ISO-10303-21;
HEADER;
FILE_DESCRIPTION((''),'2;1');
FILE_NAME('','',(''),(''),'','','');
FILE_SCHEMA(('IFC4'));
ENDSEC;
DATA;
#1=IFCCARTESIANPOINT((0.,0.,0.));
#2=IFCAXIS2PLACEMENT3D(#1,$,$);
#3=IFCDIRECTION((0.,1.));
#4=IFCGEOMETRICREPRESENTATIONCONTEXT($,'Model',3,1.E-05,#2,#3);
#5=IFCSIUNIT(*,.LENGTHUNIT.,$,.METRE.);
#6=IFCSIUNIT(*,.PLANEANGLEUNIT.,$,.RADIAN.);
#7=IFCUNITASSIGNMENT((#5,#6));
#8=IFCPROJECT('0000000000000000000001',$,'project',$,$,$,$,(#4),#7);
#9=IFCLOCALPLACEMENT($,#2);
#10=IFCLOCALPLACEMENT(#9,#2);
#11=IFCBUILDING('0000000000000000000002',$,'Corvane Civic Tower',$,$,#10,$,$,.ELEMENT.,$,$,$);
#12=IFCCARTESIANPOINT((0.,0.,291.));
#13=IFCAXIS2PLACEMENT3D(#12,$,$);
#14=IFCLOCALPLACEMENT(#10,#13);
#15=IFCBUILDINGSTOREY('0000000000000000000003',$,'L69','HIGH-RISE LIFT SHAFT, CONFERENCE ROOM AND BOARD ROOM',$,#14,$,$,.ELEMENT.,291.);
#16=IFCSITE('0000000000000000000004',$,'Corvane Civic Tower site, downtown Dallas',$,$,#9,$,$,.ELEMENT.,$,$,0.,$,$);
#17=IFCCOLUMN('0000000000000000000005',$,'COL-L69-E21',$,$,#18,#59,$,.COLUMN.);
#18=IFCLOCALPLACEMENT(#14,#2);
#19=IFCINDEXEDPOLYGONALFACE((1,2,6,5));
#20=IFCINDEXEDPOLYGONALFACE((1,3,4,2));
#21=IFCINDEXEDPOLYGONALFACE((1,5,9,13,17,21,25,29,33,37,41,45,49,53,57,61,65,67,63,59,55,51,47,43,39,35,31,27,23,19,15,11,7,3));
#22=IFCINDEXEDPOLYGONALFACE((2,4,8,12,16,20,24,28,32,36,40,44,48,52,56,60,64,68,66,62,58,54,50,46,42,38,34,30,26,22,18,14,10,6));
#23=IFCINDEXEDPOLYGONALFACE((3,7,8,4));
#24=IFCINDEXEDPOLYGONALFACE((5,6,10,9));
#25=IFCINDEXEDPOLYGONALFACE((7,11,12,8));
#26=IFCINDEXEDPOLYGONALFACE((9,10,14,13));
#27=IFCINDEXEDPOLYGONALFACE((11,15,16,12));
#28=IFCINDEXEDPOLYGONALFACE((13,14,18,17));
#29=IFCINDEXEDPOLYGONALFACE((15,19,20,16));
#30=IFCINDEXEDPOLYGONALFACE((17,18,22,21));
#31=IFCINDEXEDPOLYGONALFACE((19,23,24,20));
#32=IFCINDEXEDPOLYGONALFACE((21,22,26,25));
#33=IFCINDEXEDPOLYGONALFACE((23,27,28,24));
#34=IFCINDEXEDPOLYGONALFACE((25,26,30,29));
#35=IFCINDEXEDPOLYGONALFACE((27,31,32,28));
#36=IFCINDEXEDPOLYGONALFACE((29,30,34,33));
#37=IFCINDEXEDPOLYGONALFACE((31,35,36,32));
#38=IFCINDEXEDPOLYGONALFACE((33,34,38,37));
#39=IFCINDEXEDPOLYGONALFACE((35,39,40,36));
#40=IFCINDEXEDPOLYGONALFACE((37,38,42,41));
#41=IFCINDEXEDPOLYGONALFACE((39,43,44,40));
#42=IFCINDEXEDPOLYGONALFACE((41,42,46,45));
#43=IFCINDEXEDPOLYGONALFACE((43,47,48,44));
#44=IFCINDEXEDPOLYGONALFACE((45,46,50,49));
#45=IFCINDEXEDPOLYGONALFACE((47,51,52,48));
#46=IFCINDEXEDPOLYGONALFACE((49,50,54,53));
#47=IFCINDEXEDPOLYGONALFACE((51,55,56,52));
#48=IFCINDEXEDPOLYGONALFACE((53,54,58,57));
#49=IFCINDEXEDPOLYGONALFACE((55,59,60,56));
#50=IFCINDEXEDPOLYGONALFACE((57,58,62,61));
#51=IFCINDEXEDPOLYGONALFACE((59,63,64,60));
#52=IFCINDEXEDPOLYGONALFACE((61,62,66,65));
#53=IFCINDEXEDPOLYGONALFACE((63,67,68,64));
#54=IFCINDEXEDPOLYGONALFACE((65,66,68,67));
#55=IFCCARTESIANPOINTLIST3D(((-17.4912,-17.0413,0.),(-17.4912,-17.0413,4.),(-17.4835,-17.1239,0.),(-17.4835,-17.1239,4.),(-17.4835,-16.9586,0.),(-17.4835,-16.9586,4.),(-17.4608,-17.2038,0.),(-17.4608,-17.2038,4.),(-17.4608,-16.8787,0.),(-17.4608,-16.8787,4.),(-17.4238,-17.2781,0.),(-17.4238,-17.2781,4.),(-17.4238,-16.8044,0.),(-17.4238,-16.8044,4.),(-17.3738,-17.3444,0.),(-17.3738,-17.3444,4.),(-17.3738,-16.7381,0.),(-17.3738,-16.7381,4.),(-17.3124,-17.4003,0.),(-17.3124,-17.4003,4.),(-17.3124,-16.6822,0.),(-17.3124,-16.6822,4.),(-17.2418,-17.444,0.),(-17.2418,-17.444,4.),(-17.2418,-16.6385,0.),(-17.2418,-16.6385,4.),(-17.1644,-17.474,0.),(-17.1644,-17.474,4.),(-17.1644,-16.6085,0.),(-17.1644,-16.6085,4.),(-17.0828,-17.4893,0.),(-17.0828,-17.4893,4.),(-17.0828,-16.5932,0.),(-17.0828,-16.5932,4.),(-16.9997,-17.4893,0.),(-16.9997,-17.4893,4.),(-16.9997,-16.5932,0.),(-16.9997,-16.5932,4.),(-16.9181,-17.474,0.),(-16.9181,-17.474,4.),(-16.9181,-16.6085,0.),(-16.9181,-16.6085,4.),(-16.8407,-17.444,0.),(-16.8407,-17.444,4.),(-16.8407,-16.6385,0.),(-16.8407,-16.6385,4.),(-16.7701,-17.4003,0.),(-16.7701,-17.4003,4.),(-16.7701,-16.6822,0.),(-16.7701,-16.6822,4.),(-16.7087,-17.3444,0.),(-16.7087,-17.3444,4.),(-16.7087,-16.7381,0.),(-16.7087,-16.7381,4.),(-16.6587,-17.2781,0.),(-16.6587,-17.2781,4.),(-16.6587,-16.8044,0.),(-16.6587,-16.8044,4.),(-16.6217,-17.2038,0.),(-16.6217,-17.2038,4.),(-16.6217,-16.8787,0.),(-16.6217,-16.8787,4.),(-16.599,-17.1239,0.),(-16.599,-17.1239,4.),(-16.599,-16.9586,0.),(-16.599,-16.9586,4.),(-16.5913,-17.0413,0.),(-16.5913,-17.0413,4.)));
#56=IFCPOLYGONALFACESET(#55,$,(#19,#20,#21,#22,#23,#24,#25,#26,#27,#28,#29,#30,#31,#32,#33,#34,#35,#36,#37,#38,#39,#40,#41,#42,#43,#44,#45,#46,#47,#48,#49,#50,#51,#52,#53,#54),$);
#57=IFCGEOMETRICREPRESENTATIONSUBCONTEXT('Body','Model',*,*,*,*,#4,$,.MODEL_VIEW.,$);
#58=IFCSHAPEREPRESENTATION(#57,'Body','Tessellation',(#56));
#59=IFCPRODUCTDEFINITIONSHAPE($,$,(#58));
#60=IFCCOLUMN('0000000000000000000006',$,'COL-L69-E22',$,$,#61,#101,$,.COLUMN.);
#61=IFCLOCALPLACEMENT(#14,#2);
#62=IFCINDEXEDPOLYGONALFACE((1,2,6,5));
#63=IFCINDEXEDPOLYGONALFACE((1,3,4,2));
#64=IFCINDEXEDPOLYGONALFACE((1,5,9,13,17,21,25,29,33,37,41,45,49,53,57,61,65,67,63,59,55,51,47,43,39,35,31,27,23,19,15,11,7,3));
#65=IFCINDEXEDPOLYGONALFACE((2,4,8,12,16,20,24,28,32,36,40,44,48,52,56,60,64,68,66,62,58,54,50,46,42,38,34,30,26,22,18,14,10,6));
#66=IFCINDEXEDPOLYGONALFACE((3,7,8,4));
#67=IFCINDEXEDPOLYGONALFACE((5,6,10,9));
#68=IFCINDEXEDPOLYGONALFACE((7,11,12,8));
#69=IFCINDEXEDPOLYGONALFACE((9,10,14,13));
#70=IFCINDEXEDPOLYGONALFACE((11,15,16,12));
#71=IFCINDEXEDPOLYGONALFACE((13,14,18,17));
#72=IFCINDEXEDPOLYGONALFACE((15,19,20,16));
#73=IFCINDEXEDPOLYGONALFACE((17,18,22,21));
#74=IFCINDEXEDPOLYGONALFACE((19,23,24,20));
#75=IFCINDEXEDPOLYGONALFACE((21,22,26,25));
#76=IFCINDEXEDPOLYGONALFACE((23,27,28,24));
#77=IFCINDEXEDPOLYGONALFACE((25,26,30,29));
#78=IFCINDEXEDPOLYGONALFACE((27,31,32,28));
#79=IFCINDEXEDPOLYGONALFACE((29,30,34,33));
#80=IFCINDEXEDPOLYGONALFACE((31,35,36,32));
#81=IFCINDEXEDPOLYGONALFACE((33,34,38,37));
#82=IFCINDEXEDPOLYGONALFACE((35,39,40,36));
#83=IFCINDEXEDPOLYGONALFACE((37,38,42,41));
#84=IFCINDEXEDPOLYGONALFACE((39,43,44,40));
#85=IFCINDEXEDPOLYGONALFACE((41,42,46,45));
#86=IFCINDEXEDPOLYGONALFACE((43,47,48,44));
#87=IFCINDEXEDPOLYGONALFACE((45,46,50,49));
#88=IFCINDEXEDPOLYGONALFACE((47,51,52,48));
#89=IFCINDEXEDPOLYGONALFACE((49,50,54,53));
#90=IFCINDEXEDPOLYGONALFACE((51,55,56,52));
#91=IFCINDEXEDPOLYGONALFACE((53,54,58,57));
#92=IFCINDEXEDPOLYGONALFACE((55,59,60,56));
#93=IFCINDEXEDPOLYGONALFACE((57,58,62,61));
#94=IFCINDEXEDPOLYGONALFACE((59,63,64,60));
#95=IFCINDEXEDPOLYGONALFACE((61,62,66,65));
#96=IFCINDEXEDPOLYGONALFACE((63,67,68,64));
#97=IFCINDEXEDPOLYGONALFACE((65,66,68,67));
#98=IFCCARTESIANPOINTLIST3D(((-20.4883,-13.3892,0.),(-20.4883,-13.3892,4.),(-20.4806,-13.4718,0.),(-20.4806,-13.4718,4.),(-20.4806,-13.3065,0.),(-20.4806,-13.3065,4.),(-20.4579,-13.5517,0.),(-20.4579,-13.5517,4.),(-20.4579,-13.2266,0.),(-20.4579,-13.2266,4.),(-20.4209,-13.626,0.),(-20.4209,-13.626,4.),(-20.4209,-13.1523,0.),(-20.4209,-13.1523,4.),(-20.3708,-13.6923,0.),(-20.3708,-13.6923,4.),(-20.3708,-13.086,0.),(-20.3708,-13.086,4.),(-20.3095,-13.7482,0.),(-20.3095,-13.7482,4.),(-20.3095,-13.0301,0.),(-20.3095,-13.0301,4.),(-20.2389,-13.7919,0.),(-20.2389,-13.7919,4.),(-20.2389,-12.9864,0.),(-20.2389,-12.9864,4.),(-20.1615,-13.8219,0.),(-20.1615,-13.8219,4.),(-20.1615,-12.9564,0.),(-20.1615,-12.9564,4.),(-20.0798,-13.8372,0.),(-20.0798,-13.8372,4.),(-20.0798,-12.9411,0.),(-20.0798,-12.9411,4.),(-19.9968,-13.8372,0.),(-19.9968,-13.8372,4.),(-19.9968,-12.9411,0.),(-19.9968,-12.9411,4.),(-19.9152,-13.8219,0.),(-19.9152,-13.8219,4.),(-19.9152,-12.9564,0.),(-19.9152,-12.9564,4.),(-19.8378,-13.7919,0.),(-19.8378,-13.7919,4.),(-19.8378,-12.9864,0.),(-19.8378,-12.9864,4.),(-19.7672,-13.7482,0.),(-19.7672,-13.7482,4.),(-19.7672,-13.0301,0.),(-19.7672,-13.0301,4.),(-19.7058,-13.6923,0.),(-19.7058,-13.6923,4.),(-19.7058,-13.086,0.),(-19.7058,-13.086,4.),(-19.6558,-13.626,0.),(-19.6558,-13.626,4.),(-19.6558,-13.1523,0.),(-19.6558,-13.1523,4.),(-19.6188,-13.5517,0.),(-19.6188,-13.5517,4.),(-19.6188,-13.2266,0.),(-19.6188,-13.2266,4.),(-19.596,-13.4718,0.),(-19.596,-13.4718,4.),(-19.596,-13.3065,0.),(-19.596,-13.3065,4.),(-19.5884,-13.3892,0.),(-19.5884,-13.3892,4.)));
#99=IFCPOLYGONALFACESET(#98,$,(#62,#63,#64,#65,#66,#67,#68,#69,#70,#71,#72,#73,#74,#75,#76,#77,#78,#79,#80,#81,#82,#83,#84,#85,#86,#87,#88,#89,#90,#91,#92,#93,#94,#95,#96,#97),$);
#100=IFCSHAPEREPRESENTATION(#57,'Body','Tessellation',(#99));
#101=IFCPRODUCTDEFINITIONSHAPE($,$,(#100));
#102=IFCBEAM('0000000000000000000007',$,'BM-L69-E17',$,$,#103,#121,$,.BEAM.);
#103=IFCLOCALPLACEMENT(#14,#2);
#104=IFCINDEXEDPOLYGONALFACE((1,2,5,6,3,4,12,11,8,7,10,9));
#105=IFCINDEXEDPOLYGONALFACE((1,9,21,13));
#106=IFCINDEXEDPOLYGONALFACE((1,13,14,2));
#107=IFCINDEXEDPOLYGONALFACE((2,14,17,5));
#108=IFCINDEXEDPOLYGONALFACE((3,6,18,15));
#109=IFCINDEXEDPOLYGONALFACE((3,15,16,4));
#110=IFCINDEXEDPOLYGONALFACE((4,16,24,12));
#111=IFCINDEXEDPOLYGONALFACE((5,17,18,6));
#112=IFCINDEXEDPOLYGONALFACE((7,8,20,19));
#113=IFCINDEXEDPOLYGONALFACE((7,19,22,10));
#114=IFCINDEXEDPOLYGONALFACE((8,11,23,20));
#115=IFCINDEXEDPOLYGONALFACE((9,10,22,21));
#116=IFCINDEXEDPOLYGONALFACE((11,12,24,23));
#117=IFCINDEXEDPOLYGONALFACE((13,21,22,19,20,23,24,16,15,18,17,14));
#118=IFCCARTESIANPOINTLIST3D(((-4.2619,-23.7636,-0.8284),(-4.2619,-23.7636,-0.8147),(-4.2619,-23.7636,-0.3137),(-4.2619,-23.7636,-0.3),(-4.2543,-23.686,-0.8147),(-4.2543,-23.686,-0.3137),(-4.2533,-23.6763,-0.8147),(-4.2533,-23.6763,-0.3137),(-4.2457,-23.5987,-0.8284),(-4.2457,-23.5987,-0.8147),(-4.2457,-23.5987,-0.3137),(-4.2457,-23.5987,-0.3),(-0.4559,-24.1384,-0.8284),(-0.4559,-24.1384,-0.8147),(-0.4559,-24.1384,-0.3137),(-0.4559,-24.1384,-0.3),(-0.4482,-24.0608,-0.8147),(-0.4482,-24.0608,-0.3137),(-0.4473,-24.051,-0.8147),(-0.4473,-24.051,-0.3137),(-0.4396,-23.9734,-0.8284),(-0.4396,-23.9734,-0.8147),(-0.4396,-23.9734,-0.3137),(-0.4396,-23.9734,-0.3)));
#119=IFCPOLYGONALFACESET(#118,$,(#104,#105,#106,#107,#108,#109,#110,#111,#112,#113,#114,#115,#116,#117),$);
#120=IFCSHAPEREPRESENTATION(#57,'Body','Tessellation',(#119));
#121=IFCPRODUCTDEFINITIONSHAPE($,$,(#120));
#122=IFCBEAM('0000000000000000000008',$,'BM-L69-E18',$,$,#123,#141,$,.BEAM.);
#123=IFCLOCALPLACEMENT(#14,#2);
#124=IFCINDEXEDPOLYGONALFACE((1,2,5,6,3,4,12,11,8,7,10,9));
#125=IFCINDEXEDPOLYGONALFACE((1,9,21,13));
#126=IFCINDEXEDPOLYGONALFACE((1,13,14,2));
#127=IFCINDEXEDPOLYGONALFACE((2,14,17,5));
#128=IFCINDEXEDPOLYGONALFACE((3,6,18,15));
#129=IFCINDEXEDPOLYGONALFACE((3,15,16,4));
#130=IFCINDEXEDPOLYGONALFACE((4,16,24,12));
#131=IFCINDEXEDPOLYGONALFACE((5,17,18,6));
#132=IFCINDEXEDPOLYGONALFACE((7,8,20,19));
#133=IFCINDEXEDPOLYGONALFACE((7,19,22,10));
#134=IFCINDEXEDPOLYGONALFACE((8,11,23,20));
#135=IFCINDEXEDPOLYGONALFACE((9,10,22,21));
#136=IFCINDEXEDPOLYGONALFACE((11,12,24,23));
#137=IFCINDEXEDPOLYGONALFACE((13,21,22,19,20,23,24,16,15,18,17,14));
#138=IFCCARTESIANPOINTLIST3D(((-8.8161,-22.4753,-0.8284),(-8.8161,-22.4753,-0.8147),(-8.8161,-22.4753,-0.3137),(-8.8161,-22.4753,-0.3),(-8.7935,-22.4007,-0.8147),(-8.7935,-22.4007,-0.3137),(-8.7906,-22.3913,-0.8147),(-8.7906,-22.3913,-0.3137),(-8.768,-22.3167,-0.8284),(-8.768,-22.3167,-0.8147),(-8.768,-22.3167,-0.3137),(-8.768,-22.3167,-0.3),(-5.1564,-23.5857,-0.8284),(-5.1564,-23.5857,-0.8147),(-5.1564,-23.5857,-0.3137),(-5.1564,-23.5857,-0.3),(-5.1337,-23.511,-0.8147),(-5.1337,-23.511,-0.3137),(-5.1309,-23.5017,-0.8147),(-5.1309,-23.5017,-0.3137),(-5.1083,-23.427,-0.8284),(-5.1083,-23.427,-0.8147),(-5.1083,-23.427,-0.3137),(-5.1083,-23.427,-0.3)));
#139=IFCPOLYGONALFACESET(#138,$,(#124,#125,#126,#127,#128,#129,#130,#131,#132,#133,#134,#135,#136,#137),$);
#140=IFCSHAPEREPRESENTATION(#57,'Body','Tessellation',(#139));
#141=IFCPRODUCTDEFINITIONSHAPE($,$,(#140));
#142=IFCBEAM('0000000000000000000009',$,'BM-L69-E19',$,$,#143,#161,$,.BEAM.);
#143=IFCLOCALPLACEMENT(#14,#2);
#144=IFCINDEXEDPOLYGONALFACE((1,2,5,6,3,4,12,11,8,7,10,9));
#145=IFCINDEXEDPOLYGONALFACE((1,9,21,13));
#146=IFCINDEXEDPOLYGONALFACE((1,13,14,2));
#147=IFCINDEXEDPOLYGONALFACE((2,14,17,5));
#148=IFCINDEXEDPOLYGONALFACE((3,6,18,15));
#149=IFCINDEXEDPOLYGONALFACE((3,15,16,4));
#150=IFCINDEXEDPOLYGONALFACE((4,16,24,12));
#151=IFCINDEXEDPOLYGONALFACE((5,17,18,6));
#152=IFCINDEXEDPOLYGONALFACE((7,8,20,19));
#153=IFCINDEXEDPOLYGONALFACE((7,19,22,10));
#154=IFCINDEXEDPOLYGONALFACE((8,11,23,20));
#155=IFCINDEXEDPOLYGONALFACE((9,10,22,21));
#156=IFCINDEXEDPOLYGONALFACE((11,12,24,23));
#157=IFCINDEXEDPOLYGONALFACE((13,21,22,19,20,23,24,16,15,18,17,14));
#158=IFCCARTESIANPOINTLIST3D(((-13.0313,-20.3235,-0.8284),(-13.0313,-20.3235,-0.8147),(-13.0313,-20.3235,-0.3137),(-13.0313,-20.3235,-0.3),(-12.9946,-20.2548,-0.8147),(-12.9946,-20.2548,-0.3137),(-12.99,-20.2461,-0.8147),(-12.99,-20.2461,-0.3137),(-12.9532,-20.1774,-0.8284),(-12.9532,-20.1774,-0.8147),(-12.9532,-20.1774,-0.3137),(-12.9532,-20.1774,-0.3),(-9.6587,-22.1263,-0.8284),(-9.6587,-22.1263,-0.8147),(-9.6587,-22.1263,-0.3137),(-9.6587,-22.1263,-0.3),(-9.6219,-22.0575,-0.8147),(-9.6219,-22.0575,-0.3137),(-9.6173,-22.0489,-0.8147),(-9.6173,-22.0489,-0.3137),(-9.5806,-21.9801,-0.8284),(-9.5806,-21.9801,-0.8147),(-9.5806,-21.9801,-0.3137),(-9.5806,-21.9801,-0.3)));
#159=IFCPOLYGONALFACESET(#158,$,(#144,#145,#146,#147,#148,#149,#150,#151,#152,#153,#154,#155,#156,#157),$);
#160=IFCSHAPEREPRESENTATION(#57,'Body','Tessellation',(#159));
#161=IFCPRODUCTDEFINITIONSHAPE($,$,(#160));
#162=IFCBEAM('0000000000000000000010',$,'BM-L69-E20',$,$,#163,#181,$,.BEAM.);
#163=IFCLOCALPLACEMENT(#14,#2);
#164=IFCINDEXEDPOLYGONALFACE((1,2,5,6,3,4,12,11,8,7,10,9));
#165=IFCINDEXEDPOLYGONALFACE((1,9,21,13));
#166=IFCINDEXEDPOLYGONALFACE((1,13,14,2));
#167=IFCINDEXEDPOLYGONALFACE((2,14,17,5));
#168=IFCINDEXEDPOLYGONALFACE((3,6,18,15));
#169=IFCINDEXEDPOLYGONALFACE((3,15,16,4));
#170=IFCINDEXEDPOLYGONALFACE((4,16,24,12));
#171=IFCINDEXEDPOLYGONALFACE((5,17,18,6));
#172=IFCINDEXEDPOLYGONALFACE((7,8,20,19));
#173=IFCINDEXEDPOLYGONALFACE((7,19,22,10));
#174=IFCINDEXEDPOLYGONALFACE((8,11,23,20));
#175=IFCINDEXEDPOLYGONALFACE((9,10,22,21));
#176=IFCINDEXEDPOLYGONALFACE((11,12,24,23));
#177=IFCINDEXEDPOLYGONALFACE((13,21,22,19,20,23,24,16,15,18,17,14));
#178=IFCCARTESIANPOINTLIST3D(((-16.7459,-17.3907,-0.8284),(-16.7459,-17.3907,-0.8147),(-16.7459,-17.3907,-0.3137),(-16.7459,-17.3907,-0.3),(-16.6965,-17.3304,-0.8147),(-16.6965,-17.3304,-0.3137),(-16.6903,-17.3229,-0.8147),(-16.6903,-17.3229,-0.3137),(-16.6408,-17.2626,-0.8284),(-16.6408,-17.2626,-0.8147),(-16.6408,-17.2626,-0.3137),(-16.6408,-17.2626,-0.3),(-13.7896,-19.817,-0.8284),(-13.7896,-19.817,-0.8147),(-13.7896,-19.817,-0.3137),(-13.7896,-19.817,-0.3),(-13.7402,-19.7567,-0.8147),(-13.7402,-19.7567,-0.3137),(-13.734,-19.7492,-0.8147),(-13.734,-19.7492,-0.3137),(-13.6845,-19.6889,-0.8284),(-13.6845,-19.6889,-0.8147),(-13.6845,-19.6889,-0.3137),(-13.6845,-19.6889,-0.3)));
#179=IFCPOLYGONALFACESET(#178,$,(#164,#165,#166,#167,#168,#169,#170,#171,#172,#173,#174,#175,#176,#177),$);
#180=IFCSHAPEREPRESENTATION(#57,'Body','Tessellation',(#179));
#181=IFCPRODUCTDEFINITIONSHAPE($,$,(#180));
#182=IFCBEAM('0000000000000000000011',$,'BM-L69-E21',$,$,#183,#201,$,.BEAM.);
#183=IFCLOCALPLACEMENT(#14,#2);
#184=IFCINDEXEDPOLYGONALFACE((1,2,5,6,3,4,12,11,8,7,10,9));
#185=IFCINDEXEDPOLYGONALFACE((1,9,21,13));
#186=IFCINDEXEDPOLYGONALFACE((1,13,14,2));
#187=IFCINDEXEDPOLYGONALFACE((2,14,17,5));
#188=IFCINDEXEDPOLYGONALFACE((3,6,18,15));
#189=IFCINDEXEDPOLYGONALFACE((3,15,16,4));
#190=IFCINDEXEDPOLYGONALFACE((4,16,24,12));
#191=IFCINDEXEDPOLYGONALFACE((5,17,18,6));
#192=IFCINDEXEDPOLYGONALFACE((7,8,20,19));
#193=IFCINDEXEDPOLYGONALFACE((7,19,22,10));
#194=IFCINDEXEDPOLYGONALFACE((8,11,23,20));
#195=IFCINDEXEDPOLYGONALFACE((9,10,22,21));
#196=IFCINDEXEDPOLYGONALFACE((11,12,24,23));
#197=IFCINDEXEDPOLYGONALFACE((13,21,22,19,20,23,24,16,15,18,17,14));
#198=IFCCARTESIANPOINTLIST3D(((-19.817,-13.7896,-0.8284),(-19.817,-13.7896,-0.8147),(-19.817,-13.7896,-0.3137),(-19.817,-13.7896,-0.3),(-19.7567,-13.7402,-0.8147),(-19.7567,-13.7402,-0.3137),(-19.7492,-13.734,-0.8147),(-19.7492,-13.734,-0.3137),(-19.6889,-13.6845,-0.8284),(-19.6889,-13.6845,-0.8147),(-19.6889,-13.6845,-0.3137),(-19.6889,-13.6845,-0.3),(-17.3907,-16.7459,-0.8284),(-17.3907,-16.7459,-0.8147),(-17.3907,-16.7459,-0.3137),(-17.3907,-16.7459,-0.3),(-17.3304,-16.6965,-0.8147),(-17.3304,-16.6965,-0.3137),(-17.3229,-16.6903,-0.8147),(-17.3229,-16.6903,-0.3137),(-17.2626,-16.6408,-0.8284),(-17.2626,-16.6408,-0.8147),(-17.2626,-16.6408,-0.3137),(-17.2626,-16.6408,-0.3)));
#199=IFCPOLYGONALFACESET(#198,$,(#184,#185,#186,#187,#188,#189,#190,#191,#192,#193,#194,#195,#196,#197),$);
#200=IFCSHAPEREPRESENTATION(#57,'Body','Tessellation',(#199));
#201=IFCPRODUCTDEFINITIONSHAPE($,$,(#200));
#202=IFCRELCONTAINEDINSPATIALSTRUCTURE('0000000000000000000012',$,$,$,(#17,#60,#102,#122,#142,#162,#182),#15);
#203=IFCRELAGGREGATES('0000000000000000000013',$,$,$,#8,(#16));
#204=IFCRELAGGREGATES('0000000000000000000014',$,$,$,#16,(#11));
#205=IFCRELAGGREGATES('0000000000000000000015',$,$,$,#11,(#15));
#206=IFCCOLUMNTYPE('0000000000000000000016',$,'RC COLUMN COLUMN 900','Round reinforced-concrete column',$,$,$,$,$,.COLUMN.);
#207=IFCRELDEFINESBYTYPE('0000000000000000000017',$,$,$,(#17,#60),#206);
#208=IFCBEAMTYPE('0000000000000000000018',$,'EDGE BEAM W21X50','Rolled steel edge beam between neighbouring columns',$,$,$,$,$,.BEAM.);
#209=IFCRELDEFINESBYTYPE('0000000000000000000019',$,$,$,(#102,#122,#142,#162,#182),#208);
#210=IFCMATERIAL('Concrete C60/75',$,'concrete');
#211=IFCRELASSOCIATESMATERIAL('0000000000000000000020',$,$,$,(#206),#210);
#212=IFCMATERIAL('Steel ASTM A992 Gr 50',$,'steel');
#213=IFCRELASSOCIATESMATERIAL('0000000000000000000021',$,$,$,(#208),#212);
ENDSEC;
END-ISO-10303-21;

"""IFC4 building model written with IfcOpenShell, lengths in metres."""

from ifc_helpers import new_model, si_unit, direction, frame, origin, origin_2d, place, context, subcontext, project, spatial, circle, i_section, extrude, material, material_profile, profile_set, type_object, element, save


model = new_model("IFC4")

# Units and contexts
model_context = context("Model", 3, precision=1e-05, world=origin(), true_north=direction((0.0, 1.0)))
body_context = subcontext(model_context, "Body", "Model", "MODEL_VIEW")
ifc_project = project(units=[si_unit("LENGTHUNIT", "METRE"), si_unit("PLANEANGLEUNIT", "RADIAN")], contexts=[model_context])

# Site, building, storey
site_placement = place(None, origin())
site = spatial("IfcSite", under=ifc_project, at=site_placement, Name="Corvane Civic Tower site, downtown Dallas", CompositionType="ELEMENT", RefElevation=0.0)
building_placement = place(site_placement, origin())
building = spatial("IfcBuilding", under=site, at=building_placement, Name="Corvane Civic Tower", CompositionType="ELEMENT")
storey_placement = place(building_placement, frame((0.0, 0.0, 291.0)))
storey = spatial("IfcBuildingStorey", under=building, at=storey_placement, Name="L69", Description="HIGH-RISE LIFT SHAFT, CONFERENCE ROOM AND BOARD ROOM", CompositionType="ELEMENT", Elevation=291.0)

# Columns
ifc_material_1 = material(Name="Concrete C60/75", Category="concrete")
ifc_material_profile_1 = material_profile(ifc_material_1, circle(Radius=0.45, at=origin_2d()), Name="COLUMN 900")
ifc_profile_set_1 = profile_set([ifc_material_profile_1], Name="Concrete C60/75")
column_type = type_object("IfcColumnType", Name="RC COLUMN COLUMN 900", Description="Round reinforced-concrete column", PredefinedType="COLUMN", material=ifc_profile_set_1)
for number, where, z_axis, x_axis, name in (
    (1, (-17.0413, -17.0413, 0.0), (0.0, 0.0, 1.0), (1.0, 0.0, 0.0), "COL-L69-E21"),
    (2, (-20.0383, -13.3892, 0.0), (0.0, 0.0, 1.0), (1.0, 0.0, 0.0), "COL-L69-E22"),
):
    element("IfcColumn", number, at=place(storey_placement, frame(where, z_axis=z_axis, x_axis=x_axis)), inside=storey, type_object=column_type, Name=name, PredefinedType="COLUMN", context=body_context, shape_type="SweptSolid", body=[
        extrude(circle(Radius=0.45, at=origin_2d()), origin(), (0.0, 0.0, 1.0), 4.0),
    ])

# Beams
ifc_material_2 = material(Name="Steel ASTM A992 Gr 50", Category="steel")
ifc_material_profile_2 = material_profile(ifc_material_2, i_section(OverallWidth=0.1658, OverallDepth=0.5283, WebThickness=0.0098, FlangeThickness=0.0137, at=origin_2d()), Name="W21X50")
ifc_profile_set_2 = profile_set([ifc_material_profile_2], Name="Steel ASTM A992 Gr 50")
beam_type_1 = type_object("IfcBeamType", Name="EDGE BEAM W21X50", Description="Rolled steel edge beam between neighbouring columns", PredefinedType="BEAM", material=ifc_profile_set_2)
for number, where, z_axis, x_axis, name in (
    (3, (-0.4478, -24.0559, -0.5642), (-0.995188, 0.097987, 0.0), (-0.097987, -0.995188, 0.0), "BM-L69-E17"),
    (4, (-5.1323, -23.5063, -0.5642), (-0.956926, 0.290333, 0.0), (-0.290333, -0.956926, 0.0), "BM-L69-E18"),
):
    element("IfcBeam", number, at=place(storey_placement, frame(where, z_axis=z_axis, x_axis=x_axis)), inside=storey, type_object=beam_type_1, Name=name, PredefinedType="BEAM", context=body_context, shape_type="SweptSolid", body=[
        extrude(i_section(OverallWidth=0.1658, OverallDepth=0.5283, WebThickness=0.0098, FlangeThickness=0.0137, at=origin_2d()), origin(), (0.0, 0.0, 1.0), 3.8245),
    ])
beam_1_placement = place(storey_placement, frame((-9.6196, -22.0532, -0.5642), z_axis=(-0.881914, 0.47141, 0.0), x_axis=(-0.47141, -0.881914, 0.0)))
element("IfcBeam", 5, at=beam_1_placement, inside=storey, type_object=beam_type_1, Name="BM-L69-E19", PredefinedType="BEAM", context=body_context, shape_type="SweptSolid", body=[
    extrude(i_section(OverallWidth=0.1658, OverallDepth=0.5283, WebThickness=0.0098, FlangeThickness=0.0137, at=origin_2d()), origin(), (0.0, 0.0, 1.0), 3.8242),
])
for number, where, z_axis, x_axis, name in (
    (6, (-13.7371, -19.7529, -0.5642), (-0.772998, 0.634409, 0.0), (-0.634409, -0.772998, 0.0), "BM-L69-E20"),
    (7, (-17.3267, -16.6934, -0.5642), (-0.634409, 0.772998, 0.0), (-0.772998, -0.634409, 0.0), "BM-L69-E21"),
):
    element("IfcBeam", number, at=place(storey_placement, frame(where, z_axis=z_axis, x_axis=x_axis)), inside=storey, type_object=beam_type_1, Name=name, PredefinedType="BEAM", context=body_context, shape_type="SweptSolid", body=[
        extrude(i_section(OverallWidth=0.1658, OverallDepth=0.5283, WebThickness=0.0098, FlangeThickness=0.0137, at=origin_2d()), origin(), (0.0, 0.0, 1.0), 3.8245),
    ])

save(model, "model.ifc")
